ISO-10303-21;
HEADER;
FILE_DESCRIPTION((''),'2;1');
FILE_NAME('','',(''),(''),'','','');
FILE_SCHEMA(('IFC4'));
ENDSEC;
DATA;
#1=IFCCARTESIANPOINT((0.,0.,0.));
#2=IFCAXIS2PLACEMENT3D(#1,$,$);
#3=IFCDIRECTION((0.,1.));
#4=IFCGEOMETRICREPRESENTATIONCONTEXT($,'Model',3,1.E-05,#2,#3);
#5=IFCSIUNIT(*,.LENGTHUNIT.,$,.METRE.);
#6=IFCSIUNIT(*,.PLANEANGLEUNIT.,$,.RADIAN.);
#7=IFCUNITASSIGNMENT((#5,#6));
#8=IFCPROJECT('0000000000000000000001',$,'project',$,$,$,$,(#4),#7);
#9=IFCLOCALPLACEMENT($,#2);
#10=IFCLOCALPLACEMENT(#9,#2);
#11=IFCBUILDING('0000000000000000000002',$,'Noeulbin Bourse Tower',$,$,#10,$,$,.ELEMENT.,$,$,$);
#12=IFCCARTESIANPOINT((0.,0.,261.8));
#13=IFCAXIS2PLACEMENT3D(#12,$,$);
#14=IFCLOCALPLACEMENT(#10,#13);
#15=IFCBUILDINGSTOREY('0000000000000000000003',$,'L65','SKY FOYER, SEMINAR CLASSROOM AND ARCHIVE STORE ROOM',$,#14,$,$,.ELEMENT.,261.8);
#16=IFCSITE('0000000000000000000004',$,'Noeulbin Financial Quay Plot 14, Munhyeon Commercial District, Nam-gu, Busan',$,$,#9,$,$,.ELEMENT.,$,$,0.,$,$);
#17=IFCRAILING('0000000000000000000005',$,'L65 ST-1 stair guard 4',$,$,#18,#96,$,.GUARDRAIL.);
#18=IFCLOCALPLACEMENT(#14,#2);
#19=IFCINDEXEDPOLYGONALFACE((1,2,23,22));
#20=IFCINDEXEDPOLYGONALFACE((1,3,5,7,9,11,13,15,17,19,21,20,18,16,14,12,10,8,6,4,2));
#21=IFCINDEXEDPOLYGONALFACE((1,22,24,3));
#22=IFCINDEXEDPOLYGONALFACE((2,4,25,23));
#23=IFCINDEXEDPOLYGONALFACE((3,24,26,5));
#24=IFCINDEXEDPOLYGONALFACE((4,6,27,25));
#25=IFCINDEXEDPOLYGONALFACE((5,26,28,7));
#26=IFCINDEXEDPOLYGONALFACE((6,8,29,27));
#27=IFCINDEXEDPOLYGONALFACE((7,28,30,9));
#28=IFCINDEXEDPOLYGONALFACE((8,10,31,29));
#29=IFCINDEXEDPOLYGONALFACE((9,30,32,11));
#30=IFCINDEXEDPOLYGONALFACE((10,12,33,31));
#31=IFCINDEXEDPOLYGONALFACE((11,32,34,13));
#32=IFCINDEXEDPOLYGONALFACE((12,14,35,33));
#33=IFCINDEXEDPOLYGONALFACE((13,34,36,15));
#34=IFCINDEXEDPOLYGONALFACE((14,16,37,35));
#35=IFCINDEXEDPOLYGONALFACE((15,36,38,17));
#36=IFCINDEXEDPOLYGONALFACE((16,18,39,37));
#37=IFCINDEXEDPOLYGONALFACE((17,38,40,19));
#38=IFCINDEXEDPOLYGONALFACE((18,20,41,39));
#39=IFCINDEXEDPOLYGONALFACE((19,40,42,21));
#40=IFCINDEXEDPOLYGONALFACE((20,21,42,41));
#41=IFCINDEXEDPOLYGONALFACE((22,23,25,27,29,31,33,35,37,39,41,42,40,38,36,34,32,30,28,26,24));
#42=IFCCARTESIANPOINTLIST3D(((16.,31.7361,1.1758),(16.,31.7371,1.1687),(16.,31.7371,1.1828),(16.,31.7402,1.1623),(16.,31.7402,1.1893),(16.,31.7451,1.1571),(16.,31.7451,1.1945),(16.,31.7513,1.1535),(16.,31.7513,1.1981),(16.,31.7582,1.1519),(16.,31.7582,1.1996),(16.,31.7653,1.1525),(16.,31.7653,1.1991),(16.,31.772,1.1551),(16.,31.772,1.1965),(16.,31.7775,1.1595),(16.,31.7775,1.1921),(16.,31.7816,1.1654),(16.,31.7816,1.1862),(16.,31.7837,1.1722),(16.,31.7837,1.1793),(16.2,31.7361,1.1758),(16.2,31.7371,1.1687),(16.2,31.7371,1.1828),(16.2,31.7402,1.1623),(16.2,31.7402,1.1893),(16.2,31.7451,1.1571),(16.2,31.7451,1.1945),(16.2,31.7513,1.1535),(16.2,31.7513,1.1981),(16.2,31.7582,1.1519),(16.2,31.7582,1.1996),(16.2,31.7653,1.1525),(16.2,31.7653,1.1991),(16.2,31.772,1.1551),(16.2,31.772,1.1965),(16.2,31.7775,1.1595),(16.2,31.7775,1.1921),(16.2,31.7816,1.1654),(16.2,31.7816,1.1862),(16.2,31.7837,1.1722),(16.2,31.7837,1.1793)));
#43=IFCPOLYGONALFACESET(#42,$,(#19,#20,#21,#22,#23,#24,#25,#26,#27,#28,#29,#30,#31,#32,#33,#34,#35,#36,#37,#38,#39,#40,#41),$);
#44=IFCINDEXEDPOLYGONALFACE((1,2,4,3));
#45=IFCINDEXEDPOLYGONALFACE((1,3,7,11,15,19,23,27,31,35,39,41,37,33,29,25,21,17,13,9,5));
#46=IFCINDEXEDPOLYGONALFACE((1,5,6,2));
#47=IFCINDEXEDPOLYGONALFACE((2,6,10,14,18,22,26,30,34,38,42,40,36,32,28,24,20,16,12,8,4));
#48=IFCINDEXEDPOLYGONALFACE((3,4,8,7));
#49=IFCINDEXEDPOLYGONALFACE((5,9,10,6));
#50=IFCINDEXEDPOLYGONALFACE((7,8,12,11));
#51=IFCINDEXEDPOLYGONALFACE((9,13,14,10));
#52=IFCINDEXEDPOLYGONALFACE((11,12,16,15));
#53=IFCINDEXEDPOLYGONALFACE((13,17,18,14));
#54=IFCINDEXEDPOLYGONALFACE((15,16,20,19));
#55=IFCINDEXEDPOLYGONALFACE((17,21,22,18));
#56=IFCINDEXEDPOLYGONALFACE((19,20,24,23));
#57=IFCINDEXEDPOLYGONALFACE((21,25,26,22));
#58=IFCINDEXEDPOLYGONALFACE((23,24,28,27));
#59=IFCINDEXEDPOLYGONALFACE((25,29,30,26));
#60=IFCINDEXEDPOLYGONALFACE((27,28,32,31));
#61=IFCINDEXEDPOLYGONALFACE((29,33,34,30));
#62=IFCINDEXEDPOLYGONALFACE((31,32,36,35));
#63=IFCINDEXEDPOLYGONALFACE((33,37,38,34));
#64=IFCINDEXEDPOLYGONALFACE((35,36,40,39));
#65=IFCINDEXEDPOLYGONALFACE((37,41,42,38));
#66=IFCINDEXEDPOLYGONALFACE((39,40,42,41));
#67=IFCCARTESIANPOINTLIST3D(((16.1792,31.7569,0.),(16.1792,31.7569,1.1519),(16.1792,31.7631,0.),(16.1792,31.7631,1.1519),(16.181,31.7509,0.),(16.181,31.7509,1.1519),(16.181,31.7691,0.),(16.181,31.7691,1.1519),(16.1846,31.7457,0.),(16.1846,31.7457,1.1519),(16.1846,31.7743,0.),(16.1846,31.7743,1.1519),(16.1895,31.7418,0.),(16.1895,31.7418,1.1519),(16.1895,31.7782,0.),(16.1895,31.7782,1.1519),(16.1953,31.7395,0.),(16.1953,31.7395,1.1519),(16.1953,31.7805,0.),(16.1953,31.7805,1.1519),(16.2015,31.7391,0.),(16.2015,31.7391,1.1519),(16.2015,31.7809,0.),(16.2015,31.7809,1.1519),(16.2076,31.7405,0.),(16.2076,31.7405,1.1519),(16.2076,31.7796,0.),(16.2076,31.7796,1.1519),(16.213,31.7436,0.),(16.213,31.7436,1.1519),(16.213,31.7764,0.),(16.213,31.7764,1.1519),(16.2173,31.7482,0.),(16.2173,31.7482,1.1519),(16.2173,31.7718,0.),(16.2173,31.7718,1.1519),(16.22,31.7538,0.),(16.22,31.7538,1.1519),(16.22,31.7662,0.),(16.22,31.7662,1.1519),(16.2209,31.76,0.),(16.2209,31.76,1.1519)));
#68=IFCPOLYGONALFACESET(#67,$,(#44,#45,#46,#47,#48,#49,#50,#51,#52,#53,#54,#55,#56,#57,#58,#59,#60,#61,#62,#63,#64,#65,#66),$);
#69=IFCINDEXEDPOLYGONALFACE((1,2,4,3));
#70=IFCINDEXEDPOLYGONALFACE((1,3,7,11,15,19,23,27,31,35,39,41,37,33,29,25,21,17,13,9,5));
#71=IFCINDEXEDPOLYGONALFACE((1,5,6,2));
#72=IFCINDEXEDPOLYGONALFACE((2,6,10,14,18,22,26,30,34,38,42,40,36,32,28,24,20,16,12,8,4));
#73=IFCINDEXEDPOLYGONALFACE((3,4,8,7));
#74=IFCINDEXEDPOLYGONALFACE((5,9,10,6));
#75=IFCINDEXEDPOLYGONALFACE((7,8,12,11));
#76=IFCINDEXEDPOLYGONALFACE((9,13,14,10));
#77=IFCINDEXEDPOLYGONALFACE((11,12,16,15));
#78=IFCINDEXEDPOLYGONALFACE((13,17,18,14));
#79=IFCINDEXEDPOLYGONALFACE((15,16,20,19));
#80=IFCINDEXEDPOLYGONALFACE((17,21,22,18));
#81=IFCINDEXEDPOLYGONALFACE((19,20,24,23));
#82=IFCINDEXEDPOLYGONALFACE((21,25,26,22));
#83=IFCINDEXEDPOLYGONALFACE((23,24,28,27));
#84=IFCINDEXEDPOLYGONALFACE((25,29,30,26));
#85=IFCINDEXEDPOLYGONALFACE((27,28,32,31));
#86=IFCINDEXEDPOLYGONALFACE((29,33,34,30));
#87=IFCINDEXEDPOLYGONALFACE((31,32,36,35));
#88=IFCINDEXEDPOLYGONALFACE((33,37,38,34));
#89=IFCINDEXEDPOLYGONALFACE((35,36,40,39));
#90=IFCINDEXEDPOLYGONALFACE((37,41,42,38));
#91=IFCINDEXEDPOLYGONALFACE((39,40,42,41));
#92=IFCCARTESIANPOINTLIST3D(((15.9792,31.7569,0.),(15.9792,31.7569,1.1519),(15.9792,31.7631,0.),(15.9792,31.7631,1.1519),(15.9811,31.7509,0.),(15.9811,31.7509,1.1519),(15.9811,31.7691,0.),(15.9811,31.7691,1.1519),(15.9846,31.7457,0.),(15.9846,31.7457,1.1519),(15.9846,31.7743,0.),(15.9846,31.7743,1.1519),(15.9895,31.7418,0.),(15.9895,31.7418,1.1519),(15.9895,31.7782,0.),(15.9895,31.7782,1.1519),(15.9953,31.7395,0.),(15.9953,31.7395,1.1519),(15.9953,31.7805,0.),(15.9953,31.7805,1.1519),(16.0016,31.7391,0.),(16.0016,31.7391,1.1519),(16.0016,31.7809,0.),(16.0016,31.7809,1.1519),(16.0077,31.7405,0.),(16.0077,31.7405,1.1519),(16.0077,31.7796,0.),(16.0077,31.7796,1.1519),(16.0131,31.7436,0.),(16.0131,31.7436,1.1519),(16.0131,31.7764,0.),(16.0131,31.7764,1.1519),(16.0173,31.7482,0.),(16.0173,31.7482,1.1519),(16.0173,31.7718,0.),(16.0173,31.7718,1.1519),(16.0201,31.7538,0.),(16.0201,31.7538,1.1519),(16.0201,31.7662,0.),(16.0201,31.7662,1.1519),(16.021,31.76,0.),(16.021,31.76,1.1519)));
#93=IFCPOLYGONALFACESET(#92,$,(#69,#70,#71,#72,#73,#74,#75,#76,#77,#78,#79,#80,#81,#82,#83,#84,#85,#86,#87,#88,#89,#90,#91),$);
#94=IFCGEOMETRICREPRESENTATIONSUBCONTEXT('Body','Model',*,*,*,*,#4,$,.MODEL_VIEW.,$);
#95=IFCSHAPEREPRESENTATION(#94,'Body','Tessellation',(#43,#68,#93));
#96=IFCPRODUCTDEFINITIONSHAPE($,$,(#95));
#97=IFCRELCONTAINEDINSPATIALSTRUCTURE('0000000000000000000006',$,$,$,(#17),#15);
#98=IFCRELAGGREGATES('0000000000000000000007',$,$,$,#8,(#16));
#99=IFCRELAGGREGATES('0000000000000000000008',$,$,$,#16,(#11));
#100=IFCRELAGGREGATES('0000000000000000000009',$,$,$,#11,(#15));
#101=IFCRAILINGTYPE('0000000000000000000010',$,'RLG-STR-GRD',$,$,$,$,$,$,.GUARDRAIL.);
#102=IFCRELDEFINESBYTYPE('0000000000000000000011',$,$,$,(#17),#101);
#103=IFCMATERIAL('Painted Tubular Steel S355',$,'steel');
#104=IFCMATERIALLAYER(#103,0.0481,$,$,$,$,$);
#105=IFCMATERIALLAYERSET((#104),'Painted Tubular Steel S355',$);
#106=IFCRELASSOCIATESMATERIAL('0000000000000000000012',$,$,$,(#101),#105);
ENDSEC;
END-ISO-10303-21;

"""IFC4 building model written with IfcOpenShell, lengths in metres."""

from ifc_helpers import new_model, si_unit, direction, frame, origin, origin_2d, place, context, subcontext, project, spatial, circle, extrude, material, layer, layer_set, type_object, element, save


model = new_model("IFC4")

# Units and contexts
model_context = context("Model", 3, precision=1e-05, world=origin(), true_north=direction((0.0, 1.0)))
body_context = subcontext(model_context, "Body", "Model", "MODEL_VIEW")
ifc_project = project(units=[si_unit("LENGTHUNIT", "METRE"), si_unit("PLANEANGLEUNIT", "RADIAN")], contexts=[model_context])

# Site, building, storey
site_placement = place(None, origin())
site = spatial("IfcSite", under=ifc_project, at=site_placement, Name="Noeulbin Financial Quay Plot 14, Munhyeon Commercial District, Nam-gu, Busan", CompositionType="ELEMENT", RefElevation=0.0)
building_placement = place(site_placement, origin())
building = spatial("IfcBuilding", under=site, at=building_placement, Name="Noeulbin Bourse Tower", CompositionType="ELEMENT")
storey_placement = place(building_placement, frame((0.0, 0.0, 261.8)))
storey = spatial("IfcBuildingStorey", under=building, at=storey_placement, Name="L65", Description="SKY FOYER, SEMINAR CLASSROOM AND ARCHIVE STORE ROOM", CompositionType="ELEMENT", Elevation=261.8)

# Railing
ifc_material_1 = material(Name="Painted Tubular Steel S355", Category="steel")
ifc_layer_1 = layer(ifc_material_1, 0.0481)
ifc_layer_set_1 = layer_set([ifc_layer_1], Name="Painted Tubular Steel S355")
railing_type_1 = type_object("IfcRailingType", Name="RLG-STR-GRD", PredefinedType="GUARDRAIL", material=ifc_layer_set_1)
railing_1_placement = place(storey_placement, frame((16.2, 31.76, 0.0)))
element("IfcRailing", 1, at=railing_1_placement, inside=storey, type_object=railing_type_1, Name="L65 ST-1 stair guard 4", PredefinedType="GUARDRAIL", context=body_context, shape_type="SweptSolid", body=[
    extrude(circle(Radius=0.0239, at=origin_2d()), frame((0.0, 0.0, 1.1758), z_axis=(-1.0, 0.0, 0.0), x_axis=(0.0, -1.0, 0.0)), (0.0, 0.0, 1.0), 0.2),
    extrude(circle(Radius=0.021, at=origin_2d()), origin(), (0.0, 0.0, 1.0), 1.1519),
    extrude(circle(Radius=0.021, at=origin_2d()), frame((-0.2, 0.0, 0.0)), (0.0, 0.0, 1.0), 1.1519),
])

save(model, "model.ifc")
